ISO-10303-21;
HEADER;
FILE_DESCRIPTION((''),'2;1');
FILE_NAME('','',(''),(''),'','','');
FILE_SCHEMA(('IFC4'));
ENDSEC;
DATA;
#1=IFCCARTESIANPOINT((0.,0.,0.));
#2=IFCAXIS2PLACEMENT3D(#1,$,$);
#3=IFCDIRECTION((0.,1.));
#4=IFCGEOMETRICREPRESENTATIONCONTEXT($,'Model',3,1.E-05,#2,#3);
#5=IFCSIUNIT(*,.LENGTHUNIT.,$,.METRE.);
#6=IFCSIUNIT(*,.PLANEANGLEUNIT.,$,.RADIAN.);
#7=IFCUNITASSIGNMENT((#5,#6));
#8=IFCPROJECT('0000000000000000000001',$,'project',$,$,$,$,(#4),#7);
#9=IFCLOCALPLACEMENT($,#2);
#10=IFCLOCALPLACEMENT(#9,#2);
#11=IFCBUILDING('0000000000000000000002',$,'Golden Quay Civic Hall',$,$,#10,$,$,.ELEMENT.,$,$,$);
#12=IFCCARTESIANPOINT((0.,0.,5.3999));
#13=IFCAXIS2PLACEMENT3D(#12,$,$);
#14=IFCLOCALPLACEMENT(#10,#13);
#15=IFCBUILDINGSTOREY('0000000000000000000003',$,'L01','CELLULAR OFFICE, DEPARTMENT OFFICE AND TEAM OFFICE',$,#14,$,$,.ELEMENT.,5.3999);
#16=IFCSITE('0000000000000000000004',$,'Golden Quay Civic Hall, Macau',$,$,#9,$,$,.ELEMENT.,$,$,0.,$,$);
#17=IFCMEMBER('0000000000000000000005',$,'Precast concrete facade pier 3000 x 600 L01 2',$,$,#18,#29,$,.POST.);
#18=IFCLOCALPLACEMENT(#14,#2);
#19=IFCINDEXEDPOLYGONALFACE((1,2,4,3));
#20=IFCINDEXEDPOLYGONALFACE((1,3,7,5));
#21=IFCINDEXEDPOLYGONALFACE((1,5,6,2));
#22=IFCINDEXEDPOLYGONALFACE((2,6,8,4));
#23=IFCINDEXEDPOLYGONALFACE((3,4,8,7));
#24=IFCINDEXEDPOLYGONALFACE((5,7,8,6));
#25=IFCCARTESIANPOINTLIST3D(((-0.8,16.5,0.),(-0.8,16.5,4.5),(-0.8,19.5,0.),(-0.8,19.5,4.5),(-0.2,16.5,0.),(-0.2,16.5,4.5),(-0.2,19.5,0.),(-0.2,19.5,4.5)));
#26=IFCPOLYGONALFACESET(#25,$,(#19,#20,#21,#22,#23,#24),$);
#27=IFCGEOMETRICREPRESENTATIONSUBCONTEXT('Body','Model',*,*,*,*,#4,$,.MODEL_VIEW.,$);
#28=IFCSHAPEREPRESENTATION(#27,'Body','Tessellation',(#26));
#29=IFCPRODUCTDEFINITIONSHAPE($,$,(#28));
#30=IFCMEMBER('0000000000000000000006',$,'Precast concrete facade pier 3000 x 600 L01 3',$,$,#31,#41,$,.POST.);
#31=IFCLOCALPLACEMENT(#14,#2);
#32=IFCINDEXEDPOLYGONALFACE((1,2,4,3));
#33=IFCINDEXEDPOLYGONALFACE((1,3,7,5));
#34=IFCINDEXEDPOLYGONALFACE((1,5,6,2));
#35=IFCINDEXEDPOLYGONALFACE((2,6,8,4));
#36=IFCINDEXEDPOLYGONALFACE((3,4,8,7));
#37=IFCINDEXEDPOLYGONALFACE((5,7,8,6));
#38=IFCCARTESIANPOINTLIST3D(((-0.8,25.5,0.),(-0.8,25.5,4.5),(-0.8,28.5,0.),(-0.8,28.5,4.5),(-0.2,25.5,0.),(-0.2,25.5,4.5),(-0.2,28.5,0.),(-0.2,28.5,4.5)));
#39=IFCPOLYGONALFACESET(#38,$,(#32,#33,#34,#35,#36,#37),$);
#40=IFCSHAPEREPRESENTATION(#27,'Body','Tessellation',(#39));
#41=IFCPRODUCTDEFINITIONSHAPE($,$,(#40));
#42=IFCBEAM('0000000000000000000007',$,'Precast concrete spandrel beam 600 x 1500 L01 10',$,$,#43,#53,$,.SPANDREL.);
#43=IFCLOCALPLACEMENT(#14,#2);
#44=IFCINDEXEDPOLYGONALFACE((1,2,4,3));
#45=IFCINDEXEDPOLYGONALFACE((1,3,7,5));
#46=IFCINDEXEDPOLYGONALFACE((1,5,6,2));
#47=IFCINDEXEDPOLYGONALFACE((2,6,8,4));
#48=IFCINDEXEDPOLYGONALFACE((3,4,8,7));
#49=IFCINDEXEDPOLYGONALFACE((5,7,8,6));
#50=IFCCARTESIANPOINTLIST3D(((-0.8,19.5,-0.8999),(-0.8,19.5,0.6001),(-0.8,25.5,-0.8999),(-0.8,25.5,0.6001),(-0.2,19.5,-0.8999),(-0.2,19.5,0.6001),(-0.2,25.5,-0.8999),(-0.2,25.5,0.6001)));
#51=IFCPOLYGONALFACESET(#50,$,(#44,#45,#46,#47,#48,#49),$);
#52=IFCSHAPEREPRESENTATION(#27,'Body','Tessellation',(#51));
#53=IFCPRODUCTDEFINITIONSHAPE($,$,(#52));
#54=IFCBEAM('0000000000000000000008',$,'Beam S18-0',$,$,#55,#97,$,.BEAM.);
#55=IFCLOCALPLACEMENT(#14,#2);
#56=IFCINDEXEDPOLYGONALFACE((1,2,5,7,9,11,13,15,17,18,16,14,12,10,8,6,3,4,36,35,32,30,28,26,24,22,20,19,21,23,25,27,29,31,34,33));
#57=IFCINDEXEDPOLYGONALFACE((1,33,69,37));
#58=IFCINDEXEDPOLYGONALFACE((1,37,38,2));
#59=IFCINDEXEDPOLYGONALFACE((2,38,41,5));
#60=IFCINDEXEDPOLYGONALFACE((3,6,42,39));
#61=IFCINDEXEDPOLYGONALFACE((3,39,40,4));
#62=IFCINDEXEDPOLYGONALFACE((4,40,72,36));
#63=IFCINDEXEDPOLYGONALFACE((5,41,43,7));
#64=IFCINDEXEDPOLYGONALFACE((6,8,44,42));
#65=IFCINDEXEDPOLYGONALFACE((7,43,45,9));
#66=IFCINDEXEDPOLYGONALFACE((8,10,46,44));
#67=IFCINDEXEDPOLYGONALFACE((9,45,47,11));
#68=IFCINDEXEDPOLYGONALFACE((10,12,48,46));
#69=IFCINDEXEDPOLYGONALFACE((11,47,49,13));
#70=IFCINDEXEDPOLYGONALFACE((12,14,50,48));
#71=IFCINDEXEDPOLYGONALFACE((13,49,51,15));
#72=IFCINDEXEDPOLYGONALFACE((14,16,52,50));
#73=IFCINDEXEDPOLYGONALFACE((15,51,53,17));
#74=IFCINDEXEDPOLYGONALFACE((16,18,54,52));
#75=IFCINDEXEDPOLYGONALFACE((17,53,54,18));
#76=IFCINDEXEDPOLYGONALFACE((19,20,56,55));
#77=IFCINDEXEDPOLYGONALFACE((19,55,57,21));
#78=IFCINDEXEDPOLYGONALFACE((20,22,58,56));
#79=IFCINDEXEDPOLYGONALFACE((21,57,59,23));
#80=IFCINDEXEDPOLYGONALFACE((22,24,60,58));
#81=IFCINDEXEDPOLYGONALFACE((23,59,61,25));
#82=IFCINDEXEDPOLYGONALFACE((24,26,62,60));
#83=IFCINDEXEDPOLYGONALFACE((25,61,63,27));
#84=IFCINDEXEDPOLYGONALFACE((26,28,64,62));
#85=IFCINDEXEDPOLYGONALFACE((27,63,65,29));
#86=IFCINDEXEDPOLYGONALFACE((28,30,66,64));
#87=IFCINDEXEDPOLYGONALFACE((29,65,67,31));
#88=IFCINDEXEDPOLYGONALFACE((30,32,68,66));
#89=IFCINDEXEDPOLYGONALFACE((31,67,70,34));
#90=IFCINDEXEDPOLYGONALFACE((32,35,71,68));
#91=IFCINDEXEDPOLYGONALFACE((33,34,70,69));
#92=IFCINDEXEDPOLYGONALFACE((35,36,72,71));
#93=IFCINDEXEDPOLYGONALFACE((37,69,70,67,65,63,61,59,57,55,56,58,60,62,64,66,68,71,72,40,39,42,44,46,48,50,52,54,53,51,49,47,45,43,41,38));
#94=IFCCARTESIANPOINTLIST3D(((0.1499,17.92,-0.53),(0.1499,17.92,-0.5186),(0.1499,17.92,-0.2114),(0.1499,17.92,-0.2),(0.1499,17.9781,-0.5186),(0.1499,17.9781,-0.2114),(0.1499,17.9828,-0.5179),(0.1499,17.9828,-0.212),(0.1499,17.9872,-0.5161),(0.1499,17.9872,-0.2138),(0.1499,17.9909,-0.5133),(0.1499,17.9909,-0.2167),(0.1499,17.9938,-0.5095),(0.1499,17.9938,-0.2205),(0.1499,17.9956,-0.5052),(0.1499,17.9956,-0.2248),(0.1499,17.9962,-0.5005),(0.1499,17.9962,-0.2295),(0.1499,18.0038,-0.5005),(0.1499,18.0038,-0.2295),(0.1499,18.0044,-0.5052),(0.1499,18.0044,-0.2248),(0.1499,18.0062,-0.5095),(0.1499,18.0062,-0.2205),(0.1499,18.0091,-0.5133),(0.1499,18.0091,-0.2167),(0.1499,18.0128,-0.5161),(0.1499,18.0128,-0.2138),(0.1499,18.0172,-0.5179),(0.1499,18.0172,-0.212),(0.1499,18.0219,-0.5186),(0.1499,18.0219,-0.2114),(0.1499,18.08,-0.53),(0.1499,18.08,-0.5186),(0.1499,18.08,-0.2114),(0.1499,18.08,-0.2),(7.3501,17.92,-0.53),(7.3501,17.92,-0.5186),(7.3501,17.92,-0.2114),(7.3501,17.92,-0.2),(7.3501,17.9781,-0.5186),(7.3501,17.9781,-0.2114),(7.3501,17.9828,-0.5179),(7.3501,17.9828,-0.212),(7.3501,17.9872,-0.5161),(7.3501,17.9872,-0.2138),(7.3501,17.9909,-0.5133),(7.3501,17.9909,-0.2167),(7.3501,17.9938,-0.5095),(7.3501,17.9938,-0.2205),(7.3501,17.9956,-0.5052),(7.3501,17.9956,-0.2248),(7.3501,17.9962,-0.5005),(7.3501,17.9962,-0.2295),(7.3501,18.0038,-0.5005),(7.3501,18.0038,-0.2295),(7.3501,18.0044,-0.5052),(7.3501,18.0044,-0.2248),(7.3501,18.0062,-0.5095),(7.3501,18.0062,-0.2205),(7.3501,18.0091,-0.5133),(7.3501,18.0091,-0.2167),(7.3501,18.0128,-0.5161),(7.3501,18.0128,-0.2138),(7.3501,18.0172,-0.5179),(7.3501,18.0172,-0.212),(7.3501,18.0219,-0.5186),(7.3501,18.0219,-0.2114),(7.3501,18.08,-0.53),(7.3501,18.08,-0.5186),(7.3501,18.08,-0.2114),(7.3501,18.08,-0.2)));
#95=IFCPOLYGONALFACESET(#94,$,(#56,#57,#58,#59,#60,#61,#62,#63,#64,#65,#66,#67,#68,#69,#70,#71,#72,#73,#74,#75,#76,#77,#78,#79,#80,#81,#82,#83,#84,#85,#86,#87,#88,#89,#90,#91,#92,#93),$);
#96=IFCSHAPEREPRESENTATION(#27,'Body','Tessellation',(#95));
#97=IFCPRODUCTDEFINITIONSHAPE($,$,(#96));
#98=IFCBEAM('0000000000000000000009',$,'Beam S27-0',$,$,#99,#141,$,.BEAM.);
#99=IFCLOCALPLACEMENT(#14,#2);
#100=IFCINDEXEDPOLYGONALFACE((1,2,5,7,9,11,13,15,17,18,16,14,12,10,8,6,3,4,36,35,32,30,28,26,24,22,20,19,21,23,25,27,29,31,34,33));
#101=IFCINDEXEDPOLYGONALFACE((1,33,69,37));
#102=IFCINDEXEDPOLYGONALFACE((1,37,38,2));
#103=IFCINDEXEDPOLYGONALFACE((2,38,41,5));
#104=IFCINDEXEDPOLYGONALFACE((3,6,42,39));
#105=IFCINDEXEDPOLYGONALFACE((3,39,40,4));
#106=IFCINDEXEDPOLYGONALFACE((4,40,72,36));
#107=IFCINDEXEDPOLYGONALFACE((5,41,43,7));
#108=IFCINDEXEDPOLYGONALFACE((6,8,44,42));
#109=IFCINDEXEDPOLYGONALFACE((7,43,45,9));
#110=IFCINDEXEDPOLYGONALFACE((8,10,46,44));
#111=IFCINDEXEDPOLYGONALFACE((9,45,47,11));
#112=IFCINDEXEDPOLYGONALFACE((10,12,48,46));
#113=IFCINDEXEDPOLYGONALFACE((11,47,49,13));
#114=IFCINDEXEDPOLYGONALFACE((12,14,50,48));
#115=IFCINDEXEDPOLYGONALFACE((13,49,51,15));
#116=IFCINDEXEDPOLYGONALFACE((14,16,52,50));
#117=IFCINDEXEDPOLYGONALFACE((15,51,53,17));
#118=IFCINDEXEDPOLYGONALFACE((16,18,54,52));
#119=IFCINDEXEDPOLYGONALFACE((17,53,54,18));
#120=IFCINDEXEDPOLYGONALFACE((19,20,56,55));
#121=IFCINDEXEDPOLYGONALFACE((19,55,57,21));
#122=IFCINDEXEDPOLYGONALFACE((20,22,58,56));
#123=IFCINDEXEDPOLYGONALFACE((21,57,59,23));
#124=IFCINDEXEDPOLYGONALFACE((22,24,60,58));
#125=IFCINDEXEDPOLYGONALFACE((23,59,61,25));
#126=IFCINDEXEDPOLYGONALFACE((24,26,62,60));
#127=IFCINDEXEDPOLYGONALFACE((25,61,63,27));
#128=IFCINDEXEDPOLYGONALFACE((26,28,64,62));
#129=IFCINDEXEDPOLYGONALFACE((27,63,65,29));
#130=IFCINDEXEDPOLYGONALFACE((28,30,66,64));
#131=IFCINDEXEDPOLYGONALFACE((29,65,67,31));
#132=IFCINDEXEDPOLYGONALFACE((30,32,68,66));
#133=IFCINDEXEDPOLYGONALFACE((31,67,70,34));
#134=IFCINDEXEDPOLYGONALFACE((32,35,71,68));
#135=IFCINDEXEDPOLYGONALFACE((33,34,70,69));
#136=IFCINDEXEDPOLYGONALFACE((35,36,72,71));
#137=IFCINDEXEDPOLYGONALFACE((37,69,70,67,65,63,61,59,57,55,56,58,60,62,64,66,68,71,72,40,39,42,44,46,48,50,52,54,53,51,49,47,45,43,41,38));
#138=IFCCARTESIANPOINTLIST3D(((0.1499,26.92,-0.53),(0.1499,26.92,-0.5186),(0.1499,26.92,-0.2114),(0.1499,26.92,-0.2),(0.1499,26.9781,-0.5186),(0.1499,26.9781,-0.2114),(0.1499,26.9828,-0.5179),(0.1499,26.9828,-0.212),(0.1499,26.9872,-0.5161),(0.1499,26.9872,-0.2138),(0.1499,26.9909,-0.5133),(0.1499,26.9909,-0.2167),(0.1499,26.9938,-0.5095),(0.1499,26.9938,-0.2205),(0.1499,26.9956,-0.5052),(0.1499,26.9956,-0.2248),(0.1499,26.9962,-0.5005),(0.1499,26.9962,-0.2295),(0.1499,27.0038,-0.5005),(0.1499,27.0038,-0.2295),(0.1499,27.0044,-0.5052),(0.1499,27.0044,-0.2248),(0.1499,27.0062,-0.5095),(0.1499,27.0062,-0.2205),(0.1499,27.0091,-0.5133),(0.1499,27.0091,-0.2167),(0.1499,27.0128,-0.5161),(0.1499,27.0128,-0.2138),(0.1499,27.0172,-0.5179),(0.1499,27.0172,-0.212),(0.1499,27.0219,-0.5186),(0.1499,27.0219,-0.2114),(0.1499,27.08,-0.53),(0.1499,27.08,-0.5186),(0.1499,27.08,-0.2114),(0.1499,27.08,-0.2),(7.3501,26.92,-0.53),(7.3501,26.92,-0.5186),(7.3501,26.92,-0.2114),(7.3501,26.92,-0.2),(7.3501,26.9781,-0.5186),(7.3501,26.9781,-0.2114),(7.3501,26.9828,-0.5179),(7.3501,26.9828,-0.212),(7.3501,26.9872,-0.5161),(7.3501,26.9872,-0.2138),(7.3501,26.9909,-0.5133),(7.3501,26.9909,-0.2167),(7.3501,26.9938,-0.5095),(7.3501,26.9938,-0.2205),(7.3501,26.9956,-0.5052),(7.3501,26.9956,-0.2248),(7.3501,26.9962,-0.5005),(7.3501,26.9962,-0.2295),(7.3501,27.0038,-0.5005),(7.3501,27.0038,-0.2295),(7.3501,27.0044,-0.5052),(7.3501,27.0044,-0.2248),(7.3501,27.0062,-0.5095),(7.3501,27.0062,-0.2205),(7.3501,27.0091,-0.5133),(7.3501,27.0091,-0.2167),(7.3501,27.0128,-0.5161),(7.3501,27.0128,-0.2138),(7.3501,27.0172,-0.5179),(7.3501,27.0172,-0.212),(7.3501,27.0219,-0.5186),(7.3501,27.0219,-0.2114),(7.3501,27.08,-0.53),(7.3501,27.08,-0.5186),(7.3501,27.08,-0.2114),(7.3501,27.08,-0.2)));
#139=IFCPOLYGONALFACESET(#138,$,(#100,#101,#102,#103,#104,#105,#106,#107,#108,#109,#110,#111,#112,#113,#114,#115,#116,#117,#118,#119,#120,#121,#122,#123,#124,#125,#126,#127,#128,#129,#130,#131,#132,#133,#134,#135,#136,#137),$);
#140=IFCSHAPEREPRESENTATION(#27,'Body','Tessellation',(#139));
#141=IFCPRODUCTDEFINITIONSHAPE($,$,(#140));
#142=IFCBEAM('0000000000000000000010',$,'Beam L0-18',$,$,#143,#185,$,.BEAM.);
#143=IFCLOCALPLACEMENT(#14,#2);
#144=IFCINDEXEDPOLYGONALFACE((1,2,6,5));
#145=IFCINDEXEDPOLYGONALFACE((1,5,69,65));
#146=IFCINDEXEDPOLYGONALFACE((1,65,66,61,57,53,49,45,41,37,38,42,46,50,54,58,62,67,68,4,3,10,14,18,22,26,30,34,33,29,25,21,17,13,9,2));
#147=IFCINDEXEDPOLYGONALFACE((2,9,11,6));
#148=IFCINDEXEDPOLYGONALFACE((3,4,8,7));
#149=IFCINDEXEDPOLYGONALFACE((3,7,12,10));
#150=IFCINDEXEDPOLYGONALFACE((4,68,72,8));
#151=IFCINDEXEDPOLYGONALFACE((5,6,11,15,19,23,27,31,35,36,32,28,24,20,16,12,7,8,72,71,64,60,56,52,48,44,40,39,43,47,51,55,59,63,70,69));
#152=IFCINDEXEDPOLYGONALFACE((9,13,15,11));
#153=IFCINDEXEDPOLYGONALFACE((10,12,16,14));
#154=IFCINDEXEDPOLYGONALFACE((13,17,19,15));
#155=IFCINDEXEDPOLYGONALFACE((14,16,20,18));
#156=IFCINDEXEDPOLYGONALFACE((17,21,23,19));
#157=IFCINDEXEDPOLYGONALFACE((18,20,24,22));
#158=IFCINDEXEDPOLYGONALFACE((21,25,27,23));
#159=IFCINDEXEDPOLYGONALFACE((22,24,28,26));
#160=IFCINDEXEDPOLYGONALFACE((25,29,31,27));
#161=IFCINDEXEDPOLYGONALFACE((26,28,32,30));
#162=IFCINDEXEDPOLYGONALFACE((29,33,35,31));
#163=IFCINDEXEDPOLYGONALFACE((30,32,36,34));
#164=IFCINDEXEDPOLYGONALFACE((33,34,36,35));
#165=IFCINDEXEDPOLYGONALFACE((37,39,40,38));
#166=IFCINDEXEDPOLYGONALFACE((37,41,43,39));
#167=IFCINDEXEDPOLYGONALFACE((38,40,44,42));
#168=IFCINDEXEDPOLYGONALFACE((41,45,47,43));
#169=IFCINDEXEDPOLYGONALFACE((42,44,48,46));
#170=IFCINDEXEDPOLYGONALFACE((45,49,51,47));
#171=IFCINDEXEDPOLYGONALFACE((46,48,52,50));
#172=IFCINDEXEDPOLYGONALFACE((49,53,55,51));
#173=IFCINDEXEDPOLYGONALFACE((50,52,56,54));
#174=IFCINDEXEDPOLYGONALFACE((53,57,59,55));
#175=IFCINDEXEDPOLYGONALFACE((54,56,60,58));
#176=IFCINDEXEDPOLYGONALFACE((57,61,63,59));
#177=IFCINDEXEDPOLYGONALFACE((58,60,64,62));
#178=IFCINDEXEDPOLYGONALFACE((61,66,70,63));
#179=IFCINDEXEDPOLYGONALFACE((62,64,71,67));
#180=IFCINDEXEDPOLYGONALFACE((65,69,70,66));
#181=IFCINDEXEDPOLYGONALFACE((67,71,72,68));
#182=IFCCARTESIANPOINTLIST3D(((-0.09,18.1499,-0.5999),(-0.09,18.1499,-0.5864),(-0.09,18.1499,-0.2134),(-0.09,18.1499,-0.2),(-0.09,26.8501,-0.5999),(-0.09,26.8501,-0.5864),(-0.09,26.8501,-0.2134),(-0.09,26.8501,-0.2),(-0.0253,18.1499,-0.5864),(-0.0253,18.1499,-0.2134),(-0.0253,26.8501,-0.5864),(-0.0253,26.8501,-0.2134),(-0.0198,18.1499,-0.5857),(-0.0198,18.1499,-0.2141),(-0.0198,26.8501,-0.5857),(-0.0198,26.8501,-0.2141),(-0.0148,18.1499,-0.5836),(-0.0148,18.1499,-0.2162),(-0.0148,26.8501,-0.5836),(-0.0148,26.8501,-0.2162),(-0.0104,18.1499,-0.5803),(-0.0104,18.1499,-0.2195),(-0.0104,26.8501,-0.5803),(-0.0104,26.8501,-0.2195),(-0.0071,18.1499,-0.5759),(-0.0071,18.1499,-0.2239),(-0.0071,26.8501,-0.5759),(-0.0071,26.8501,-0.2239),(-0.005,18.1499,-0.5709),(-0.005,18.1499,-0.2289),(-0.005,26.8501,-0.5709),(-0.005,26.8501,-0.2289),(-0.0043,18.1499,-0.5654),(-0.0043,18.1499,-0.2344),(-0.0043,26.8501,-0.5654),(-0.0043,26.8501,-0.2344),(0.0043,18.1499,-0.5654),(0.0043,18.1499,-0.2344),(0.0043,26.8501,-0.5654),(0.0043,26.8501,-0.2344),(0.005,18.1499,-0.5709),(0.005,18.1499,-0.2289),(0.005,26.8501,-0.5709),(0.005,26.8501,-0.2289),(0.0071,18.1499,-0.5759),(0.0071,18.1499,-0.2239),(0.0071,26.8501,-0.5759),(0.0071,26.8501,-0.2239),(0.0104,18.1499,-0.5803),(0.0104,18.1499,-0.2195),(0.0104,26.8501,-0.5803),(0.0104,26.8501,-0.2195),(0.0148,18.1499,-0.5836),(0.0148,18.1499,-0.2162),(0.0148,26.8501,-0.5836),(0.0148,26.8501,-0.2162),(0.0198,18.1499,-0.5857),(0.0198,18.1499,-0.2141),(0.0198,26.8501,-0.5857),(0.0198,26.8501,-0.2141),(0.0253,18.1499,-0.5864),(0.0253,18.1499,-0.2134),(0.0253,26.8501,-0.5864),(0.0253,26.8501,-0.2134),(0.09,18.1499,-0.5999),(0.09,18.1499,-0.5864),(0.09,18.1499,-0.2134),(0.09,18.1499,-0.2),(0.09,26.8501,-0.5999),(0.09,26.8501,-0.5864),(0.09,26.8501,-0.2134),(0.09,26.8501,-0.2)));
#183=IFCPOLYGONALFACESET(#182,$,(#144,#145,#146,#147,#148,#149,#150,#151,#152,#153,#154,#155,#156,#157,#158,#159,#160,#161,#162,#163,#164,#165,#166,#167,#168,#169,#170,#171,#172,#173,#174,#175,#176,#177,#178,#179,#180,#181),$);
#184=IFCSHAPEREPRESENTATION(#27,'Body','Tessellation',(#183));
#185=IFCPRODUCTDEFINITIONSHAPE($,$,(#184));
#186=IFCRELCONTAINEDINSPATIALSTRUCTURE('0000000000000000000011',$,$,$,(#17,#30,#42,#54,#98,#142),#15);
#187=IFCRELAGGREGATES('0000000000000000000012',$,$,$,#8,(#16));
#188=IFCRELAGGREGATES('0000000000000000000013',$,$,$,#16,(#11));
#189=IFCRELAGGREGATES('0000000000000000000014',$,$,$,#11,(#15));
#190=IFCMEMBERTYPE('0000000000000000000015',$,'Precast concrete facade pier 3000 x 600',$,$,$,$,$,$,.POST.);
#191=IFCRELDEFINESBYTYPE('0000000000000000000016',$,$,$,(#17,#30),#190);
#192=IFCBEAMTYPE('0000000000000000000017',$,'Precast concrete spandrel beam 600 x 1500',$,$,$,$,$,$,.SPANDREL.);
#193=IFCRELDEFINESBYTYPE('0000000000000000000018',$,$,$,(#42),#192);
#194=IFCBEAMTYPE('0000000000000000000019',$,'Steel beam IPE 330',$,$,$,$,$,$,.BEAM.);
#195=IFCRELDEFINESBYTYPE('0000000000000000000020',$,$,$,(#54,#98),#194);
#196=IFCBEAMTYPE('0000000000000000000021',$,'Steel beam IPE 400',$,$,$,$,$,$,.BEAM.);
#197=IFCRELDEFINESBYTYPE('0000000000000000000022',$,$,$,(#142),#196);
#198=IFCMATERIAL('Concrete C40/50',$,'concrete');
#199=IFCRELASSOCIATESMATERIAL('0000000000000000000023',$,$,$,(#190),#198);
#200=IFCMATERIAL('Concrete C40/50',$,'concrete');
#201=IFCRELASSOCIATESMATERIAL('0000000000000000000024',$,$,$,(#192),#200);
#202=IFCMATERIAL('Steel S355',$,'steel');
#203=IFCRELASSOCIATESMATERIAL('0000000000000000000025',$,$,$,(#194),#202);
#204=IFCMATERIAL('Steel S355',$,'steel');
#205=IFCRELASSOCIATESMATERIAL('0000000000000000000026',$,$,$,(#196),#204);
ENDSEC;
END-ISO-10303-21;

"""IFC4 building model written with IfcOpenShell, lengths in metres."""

from ifc_helpers import new_model, si_unit, direction, frame, origin, origin_2d, place, context, subcontext, project, spatial, rectangle, i_section, extrude, material, material_profile, profile_set, type_object, element, save


model = new_model("IFC4")

# Units and contexts
model_context = context("Model", 3, precision=1e-05, world=origin(), true_north=direction((0.0, 1.0)))
body_context = subcontext(model_context, "Body", "Model", "MODEL_VIEW")
ifc_project = project(units=[si_unit("LENGTHUNIT", "METRE"), si_unit("PLANEANGLEUNIT", "RADIAN")], contexts=[model_context])

# Site, building, storey
site_placement = place(None, origin())
site = spatial("IfcSite", under=ifc_project, at=site_placement, Name="Golden Quay Civic Hall, Macau", CompositionType="ELEMENT", RefElevation=0.0)
building_placement = place(site_placement, origin())
building = spatial("IfcBuilding", under=site, at=building_placement, Name="Golden Quay Civic Hall", CompositionType="ELEMENT")
storey_placement = place(building_placement, frame((0.0, 0.0, 5.3999)))
storey = spatial("IfcBuildingStorey", under=building, at=storey_placement, Name="L01", Description="CELLULAR OFFICE, DEPARTMENT OFFICE AND TEAM OFFICE", CompositionType="ELEMENT", Elevation=5.3999)

# Members
ifc_material_1 = material(Name="Concrete C40/50", Category="concrete")
ifc_material_profile_1 = material_profile(ifc_material_1, rectangle(XDim=3.0, YDim=0.6001, at=origin_2d()), Name="RC 3000x600")
ifc_profile_set_1 = profile_set([ifc_material_profile_1], Name="Concrete C40/50")
member_type = type_object("IfcMemberType", Name="Precast concrete facade pier 3000 x 600", PredefinedType="POST", material=ifc_profile_set_1)
for number, where, z_axis, x_axis, name in (
    (1, (-0.5, 18.0, 0.0), (0.0, 0.0, 1.0), (0.0, 1.0, 0.0), "Precast concrete facade pier 3000 x 600 L01 2"),
    (2, (-0.5, 27.0, 0.0), (0.0, 0.0, 1.0), (0.0, 1.0, 0.0), "Precast concrete facade pier 3000 x 600 L01 3"),
):
    element("IfcMember", number, at=place(storey_placement, frame(where, z_axis=z_axis, x_axis=x_axis)), inside=storey, type_object=member_type, Name=name, PredefinedType="POST", context=body_context, shape_type="SweptSolid", body=[
        extrude(rectangle(XDim=3.0, YDim=0.6001, at=origin_2d()), origin(), (0.0, 0.0, 1.0), 4.5),
    ])

# Beams
ifc_material_2 = material(Name="Concrete C40/50", Category="concrete")
ifc_material_profile_2 = material_profile(ifc_material_2, rectangle(XDim=0.6001, YDim=1.5, at=origin_2d()), Name="RC 600x1500")
ifc_profile_set_2 = profile_set([ifc_material_profile_2], Name="Concrete C40/50")
beam_type_1 = type_object("IfcBeamType", Name="Precast concrete spandrel beam 600 x 1500", PredefinedType="SPANDREL", material=ifc_profile_set_2)
beam_1_placement = place(storey_placement, frame((-0.5, 19.5, -0.1499), z_axis=(0.0, 1.0, 0.0), x_axis=(-1.0, 0.0, 0.0)))
element("IfcBeam", 3, at=beam_1_placement, inside=storey, type_object=beam_type_1, Name="Precast concrete spandrel beam 600 x 1500 L01 10", PredefinedType="SPANDREL", context=body_context, shape_type="SweptSolid", body=[
    extrude(rectangle(XDim=0.6001, YDim=1.5, at=origin_2d()), origin(), (0.0, 0.0, 1.0), 6.0),
])
ifc_material_3 = material(Name="Steel S355", Category="steel")
ifc_material_profile_3 = material_profile(ifc_material_3, i_section(OverallWidth=0.1599, OverallDepth=0.3301, WebThickness=0.0076, FlangeThickness=0.0115, FilletRadius=0.0181, at=origin_2d()), Name="IPE 330")
ifc_profile_set_3 = profile_set([ifc_material_profile_3], Name="Steel S355")
beam_type_2 = type_object("IfcBeamType", Name="Steel beam IPE 330", PredefinedType="BEAM", material=ifc_profile_set_3)
for number, where, z_axis, x_axis, name in (
    (4, (0.1499, 18.0, -0.365), (1.0, 0.0, 0.0), (0.0, 1.0, 0.0), "Beam S18-0"),
    (5, (0.1499, 27.0, -0.365), (1.0, 0.0, 0.0), (0.0, 1.0, 0.0), "Beam S27-0"),
):
    element("IfcBeam", number, at=place(storey_placement, frame(where, z_axis=z_axis, x_axis=x_axis)), inside=storey, type_object=beam_type_2, Name=name, PredefinedType="BEAM", context=body_context, shape_type="SweptSolid", body=[
        extrude(i_section(OverallWidth=0.1599, OverallDepth=0.3301, WebThickness=0.0076, FlangeThickness=0.0115, FilletRadius=0.0181, at=origin_2d()), origin(), (0.0, 0.0, 1.0), 7.2002),
    ])
ifc_material_4 = material(Name="Steel S355", Category="steel")
ifc_material_profile_4 = material_profile(ifc_material_4, i_section(OverallWidth=0.1799, OverallDepth=0.3999, WebThickness=0.0085, FlangeThickness=0.0134, FilletRadius=0.021, at=origin_2d()), Name="IPE 400")
ifc_profile_set_4 = profile_set([ifc_material_profile_4], Name="Steel S355")
beam_type_3 = type_object("IfcBeamType", Name="Steel beam IPE 400", PredefinedType="BEAM", material=ifc_profile_set_4)
beam_2_placement = place(storey_placement, frame((0.0, 18.1499, -0.3999), z_axis=(0.0, 1.0, 0.0), x_axis=(-1.0, 0.0, 0.0)))
element("IfcBeam", 6, at=beam_2_placement, inside=storey, type_object=beam_type_3, Name="Beam L0-18", PredefinedType="BEAM", context=body_context, shape_type="SweptSolid", body=[
    extrude(i_section(OverallWidth=0.1799, OverallDepth=0.3999, WebThickness=0.0085, FlangeThickness=0.0134, FilletRadius=0.021, at=origin_2d()), origin(), (0.0, 0.0, 1.0), 8.7002),
])

save(model, "model.ifc")
